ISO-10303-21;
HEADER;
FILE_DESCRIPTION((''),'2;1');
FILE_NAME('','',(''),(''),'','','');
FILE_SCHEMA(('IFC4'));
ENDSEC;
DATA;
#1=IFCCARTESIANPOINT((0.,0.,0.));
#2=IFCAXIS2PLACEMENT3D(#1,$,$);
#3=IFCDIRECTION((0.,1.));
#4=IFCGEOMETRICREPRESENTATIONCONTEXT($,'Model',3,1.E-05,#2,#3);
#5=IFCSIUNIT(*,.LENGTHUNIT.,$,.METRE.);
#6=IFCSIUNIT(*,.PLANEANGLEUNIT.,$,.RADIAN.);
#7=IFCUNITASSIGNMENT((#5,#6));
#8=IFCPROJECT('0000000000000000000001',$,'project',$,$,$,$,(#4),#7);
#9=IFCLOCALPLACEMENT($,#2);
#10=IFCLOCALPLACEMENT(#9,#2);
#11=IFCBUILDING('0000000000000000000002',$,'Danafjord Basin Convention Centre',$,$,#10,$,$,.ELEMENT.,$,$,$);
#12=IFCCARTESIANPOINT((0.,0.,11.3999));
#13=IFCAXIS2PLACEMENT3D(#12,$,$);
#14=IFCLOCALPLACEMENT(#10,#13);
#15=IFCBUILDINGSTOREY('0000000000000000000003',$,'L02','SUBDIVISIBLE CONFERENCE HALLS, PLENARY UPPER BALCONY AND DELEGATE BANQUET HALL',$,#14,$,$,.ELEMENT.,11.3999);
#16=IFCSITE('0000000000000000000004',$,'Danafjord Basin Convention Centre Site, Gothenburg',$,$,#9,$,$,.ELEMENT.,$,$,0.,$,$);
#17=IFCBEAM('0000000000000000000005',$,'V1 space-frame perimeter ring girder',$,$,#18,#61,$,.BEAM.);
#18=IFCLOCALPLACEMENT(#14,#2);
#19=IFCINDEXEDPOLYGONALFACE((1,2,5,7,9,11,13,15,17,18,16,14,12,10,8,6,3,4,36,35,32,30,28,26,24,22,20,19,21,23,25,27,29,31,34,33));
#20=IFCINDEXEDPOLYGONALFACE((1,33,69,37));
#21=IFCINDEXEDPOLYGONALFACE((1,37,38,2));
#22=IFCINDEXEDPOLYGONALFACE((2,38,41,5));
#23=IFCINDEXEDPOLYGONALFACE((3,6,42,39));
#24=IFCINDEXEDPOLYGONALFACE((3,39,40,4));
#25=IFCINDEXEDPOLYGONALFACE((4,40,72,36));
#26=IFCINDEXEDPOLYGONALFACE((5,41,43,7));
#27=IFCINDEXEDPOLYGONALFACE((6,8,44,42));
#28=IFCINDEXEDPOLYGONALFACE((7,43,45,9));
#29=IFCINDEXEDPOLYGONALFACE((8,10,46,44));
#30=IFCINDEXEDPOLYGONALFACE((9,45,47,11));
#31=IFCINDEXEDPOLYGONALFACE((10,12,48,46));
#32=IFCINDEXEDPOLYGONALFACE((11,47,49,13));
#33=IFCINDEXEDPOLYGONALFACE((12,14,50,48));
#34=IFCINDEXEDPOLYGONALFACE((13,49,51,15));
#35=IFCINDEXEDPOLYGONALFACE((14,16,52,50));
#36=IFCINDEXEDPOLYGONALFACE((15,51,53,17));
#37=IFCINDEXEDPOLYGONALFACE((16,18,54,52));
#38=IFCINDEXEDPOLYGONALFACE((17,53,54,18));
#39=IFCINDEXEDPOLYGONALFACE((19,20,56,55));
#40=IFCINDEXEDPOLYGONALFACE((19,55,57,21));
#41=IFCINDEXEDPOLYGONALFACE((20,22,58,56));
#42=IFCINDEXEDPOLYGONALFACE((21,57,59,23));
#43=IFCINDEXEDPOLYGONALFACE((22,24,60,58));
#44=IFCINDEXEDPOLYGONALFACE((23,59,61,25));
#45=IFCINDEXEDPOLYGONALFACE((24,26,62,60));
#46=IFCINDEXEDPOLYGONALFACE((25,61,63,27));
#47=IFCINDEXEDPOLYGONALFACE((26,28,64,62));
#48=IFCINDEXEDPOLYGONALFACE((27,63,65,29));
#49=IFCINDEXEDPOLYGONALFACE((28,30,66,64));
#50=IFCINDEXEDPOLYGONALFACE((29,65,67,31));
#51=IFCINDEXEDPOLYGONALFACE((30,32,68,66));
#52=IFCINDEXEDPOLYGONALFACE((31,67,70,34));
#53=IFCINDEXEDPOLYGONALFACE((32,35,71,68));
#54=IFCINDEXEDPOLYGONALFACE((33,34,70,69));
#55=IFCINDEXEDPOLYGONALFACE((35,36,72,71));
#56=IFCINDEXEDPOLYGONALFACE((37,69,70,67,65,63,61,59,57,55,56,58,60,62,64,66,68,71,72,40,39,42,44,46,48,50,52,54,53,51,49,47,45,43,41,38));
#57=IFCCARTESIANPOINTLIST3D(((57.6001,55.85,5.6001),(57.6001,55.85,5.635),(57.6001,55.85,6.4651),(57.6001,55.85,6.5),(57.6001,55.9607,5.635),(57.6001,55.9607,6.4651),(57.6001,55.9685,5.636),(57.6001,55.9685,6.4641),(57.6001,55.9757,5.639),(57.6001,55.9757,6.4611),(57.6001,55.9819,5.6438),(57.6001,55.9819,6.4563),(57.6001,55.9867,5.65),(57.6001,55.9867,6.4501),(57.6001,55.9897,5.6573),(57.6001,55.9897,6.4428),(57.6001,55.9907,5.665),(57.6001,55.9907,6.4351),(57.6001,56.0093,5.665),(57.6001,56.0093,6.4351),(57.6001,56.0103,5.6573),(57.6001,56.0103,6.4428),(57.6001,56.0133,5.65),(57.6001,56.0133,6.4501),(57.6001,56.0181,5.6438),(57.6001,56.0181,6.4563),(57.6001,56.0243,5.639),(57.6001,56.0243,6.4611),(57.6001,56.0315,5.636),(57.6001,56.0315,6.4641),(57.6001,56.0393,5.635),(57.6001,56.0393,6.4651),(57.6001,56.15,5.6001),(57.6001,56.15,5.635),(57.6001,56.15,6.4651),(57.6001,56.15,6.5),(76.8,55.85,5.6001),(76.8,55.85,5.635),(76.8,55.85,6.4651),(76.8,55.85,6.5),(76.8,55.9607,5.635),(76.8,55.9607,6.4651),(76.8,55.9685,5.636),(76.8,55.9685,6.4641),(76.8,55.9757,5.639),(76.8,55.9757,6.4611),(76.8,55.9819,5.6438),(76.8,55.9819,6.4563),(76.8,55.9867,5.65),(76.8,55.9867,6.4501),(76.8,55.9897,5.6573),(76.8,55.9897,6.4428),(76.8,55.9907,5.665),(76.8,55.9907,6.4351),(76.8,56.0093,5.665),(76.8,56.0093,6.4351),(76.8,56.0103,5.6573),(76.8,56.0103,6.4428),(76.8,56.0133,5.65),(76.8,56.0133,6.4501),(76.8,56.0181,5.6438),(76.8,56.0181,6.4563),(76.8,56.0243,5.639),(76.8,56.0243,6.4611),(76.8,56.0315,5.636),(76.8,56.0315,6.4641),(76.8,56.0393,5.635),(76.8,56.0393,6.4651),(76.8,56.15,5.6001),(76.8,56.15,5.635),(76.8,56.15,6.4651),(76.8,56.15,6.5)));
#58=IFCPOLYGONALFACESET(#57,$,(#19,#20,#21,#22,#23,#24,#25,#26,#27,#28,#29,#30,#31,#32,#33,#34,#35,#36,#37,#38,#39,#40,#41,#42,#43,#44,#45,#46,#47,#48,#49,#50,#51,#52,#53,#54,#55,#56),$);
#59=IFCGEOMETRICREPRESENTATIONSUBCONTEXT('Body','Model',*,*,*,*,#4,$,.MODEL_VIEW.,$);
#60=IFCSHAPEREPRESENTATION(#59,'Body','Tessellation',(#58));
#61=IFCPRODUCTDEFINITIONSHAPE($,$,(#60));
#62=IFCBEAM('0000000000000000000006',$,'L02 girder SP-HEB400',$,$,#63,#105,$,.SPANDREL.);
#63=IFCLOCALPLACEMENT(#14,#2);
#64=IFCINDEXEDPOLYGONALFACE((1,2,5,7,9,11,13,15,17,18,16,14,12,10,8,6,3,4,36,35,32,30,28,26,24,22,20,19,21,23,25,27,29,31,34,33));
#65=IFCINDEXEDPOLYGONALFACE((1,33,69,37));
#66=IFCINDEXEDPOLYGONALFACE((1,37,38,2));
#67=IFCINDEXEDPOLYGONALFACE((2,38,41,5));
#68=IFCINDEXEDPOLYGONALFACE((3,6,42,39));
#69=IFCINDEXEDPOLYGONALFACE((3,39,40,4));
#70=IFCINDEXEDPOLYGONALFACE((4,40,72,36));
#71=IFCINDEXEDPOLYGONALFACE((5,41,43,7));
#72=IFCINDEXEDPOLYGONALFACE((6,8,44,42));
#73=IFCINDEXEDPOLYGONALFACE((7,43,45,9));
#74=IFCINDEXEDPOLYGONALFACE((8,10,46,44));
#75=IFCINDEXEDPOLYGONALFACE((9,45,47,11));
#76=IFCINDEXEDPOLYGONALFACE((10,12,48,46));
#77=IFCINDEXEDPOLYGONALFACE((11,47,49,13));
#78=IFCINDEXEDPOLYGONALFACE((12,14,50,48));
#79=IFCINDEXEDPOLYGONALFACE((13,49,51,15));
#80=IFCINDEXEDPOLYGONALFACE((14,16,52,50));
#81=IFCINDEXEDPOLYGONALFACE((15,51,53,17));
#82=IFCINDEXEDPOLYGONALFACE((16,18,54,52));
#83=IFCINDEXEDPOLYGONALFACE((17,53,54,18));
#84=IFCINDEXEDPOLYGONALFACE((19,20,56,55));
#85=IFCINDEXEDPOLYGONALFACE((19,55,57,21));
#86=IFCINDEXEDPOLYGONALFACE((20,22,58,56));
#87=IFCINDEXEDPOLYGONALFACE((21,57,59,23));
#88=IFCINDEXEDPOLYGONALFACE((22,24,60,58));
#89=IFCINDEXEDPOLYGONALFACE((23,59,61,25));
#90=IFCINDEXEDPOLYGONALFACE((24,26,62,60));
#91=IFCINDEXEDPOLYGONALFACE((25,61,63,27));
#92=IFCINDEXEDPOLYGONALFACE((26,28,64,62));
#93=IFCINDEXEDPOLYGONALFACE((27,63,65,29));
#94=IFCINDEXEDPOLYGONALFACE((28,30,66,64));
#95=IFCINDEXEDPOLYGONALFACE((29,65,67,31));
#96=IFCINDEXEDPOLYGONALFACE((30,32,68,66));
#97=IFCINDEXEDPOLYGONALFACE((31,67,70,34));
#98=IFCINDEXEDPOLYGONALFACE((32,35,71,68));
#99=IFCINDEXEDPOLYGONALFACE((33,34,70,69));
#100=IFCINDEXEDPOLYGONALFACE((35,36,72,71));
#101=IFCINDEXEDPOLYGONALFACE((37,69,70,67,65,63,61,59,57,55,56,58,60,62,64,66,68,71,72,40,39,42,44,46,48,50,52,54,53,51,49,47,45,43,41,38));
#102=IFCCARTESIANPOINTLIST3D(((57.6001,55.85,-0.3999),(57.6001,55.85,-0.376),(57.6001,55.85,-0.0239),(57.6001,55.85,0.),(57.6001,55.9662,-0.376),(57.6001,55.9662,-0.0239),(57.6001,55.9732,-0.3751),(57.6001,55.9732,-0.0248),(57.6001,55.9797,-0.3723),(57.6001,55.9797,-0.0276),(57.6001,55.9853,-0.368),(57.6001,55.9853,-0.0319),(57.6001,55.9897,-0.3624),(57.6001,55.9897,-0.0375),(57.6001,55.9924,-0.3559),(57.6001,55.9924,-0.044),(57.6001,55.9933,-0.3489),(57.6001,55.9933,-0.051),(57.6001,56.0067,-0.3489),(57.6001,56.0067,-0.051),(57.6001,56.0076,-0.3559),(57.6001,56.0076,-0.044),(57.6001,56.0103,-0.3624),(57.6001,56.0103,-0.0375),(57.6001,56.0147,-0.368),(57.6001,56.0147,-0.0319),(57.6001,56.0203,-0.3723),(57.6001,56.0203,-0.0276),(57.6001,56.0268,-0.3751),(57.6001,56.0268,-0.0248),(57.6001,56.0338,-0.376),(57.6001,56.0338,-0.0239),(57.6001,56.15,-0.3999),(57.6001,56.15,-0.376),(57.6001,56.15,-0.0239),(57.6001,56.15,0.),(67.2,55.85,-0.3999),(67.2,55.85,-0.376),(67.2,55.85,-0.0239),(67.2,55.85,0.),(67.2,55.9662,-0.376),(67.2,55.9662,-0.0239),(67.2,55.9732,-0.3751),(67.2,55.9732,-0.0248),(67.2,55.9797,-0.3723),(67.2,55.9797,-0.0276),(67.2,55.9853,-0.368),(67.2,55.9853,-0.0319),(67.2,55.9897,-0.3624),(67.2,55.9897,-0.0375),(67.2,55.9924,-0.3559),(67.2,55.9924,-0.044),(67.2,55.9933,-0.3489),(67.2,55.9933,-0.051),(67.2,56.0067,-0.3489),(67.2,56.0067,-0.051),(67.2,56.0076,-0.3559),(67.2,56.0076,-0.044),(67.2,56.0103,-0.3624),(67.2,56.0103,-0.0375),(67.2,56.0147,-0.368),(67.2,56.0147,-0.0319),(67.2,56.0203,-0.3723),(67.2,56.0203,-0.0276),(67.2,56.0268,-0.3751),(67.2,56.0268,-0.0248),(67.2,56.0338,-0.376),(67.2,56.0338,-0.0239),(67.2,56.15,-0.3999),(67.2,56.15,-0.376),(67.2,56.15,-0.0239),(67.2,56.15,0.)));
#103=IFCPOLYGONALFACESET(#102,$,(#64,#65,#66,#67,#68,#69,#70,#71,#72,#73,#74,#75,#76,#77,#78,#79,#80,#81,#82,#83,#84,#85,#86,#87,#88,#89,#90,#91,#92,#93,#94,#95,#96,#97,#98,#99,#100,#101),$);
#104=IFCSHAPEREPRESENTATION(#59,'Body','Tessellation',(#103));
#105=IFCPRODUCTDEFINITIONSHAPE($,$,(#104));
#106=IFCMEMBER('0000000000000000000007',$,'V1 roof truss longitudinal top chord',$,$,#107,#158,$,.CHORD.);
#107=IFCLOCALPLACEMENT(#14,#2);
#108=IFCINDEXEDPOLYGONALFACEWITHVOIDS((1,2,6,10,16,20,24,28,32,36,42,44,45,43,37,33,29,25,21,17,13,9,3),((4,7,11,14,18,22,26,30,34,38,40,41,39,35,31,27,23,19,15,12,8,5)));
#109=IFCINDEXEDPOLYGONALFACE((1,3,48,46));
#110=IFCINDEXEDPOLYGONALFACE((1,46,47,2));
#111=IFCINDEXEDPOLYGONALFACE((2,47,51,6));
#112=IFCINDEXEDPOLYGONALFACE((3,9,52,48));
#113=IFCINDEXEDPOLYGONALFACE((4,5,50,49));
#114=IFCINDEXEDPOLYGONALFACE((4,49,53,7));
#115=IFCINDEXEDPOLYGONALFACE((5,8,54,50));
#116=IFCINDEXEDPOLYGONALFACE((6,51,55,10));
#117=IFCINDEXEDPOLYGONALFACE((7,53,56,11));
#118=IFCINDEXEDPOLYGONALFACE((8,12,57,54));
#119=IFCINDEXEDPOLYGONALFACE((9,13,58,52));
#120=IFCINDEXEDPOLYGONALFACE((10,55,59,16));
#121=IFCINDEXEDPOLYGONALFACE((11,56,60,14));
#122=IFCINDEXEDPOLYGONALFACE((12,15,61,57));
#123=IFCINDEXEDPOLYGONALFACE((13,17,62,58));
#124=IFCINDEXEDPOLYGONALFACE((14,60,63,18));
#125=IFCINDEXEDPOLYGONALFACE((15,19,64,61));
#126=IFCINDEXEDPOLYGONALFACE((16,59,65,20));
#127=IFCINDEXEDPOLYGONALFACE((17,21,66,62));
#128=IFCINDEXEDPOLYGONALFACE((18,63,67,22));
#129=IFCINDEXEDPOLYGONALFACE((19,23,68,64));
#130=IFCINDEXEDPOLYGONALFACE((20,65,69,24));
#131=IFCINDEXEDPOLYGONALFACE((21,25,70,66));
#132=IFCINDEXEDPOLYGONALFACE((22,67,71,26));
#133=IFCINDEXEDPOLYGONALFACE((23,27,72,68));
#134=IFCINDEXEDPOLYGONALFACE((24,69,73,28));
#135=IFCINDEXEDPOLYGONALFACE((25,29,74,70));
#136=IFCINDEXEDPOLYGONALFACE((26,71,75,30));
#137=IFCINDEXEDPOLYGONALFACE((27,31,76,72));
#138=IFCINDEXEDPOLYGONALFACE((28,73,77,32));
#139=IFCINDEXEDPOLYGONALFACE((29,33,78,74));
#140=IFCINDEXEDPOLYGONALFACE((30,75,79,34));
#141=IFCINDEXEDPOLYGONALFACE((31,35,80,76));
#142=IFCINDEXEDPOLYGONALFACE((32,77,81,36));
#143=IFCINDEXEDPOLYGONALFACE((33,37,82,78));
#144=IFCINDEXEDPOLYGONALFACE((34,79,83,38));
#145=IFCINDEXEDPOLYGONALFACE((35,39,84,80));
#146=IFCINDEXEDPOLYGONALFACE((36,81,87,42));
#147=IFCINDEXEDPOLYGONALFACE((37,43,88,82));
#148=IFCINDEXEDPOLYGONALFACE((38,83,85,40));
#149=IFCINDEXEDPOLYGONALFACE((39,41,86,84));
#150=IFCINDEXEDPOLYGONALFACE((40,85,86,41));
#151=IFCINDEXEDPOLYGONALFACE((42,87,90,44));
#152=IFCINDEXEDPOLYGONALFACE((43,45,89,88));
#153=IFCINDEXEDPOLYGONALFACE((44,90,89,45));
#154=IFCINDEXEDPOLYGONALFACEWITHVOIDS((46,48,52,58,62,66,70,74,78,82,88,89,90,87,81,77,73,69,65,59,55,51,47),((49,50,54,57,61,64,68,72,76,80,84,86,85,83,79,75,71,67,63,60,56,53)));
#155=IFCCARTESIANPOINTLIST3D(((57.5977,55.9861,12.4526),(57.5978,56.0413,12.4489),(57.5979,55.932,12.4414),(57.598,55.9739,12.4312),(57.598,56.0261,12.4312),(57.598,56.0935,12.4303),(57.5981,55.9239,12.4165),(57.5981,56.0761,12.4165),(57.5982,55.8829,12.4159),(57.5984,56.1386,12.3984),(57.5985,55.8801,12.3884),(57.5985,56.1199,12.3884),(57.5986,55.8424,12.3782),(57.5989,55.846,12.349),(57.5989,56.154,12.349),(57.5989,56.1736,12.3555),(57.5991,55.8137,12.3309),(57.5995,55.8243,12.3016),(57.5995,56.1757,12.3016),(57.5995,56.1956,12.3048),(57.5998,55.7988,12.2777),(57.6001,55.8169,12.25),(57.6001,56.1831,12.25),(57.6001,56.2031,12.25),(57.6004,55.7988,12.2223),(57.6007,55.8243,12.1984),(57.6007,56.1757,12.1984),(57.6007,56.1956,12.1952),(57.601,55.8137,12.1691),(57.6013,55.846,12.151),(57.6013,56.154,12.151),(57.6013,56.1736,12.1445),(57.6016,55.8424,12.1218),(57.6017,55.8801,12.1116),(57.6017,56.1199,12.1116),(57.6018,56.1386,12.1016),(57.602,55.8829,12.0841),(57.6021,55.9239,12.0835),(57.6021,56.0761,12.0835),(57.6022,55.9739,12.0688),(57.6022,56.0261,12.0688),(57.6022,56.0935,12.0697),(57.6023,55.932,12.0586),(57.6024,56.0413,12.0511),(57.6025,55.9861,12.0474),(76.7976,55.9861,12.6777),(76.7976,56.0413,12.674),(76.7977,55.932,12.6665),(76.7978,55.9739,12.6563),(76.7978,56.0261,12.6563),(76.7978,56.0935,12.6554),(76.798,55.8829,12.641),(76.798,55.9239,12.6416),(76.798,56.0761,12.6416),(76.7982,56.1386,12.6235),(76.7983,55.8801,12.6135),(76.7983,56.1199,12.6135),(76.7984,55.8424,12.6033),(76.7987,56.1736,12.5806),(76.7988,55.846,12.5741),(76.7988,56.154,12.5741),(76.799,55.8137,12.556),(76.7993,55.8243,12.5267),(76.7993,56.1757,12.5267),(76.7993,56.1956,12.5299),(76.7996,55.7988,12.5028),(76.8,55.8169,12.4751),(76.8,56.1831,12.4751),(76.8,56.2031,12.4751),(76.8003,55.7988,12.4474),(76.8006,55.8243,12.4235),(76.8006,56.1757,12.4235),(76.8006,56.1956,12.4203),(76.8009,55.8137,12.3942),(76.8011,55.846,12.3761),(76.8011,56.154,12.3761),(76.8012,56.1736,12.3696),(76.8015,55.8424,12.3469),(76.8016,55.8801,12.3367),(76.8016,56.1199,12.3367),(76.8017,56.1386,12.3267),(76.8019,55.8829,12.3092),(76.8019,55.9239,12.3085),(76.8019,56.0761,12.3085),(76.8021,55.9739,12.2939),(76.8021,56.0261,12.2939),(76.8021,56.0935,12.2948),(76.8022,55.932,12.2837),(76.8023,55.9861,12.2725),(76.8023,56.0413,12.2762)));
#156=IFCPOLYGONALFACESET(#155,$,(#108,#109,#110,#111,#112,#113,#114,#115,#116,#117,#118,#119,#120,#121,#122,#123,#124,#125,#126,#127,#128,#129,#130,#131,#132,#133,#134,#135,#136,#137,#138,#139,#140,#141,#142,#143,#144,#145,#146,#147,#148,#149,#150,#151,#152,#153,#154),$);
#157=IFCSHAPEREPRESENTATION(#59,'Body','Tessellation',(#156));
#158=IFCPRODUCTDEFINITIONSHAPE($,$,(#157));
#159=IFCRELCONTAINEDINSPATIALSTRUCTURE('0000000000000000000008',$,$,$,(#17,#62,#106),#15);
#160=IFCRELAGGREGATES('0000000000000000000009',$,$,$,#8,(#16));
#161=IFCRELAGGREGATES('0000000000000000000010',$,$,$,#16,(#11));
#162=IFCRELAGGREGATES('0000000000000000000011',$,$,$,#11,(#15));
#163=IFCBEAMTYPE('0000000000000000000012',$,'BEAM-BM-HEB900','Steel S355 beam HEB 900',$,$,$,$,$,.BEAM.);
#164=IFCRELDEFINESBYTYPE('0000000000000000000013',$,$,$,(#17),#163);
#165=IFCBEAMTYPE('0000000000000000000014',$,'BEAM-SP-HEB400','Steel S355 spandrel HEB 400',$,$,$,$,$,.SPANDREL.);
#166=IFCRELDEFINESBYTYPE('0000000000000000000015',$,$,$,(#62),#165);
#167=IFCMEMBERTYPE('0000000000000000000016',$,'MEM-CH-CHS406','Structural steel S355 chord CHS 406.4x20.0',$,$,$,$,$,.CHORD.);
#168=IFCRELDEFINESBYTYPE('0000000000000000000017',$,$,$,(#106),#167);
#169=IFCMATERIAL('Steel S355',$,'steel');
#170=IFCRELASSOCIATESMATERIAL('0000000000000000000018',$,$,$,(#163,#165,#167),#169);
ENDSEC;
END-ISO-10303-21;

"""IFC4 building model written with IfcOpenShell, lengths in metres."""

from ifc_helpers import new_model, si_unit, direction, frame, origin, origin_2d, place, context, subcontext, project, spatial, hollow_circle, i_section, extrude, material, material_profile, profile_set, type_object, element, save


model = new_model("IFC4")

# Units and contexts
model_context = context("Model", 3, precision=1e-05, world=origin(), true_north=direction((0.0, 1.0)))
body_context = subcontext(model_context, "Body", "Model", "MODEL_VIEW")
ifc_project = project(units=[si_unit("LENGTHUNIT", "METRE"), si_unit("PLANEANGLEUNIT", "RADIAN")], contexts=[model_context])

# Site, building, storey
site_placement = place(None, origin())
site = spatial("IfcSite", under=ifc_project, at=site_placement, Name="Danafjord Basin Convention Centre Site, Gothenburg", CompositionType="ELEMENT", RefElevation=0.0)
building_placement = place(site_placement, origin())
building = spatial("IfcBuilding", under=site, at=building_placement, Name="Danafjord Basin Convention Centre", CompositionType="ELEMENT")
storey_placement = place(building_placement, frame((0.0, 0.0, 11.3999)))
storey = spatial("IfcBuildingStorey", under=building, at=storey_placement, Name="L02", Description="SUBDIVISIBLE CONFERENCE HALLS, PLENARY UPPER BALCONY AND DELEGATE BANQUET HALL", CompositionType="ELEMENT", Elevation=11.3999)

# Beams
ifc_material_1 = material(Name="Steel S355", Category="steel")
ifc_material_profile_1 = material_profile(ifc_material_1, i_section(OverallWidth=0.3, OverallDepth=0.8999, WebThickness=0.0186, FlangeThickness=0.0349, FilletRadius=0.03, at=origin_2d()), Name="HEB 900")
ifc_profile_set_1 = profile_set([ifc_material_profile_1], Name="Steel S355")
beam_type_1 = type_object("IfcBeamType", Name="BEAM-BM-HEB900", Description="Steel S355 beam HEB 900", PredefinedType="BEAM", material=ifc_profile_set_1)
beam_1_placement = place(storey_placement, frame((57.6001, 56.0, 6.05), z_axis=(1.0, 0.0, 0.0), x_axis=(0.0, 1.0, 0.0)))
element("IfcBeam", 1, at=beam_1_placement, inside=storey, type_object=beam_type_1, Name="V1 space-frame perimeter ring girder", PredefinedType="BEAM", context=body_context, shape_type="SweptSolid", body=[
    extrude(i_section(OverallWidth=0.3, OverallDepth=0.8999, WebThickness=0.0186, FlangeThickness=0.0349, FilletRadius=0.03, at=origin_2d()), origin(), (0.0, 0.0, 1.0), 19.2),
])
ifc_material_profile_2 = material_profile(ifc_material_1, i_section(OverallWidth=0.3, OverallDepth=0.3999, WebThickness=0.0134, FlangeThickness=0.0239, FilletRadius=0.0271, at=origin_2d()), Name="HEB 400")
ifc_profile_set_2 = profile_set([ifc_material_profile_2], Name="Steel S355")
beam_type_2 = type_object("IfcBeamType", Name="BEAM-SP-HEB400", Description="Steel S355 spandrel HEB 400", PredefinedType="SPANDREL", material=ifc_profile_set_2)
beam_2_placement = place(storey_placement, frame((57.6001, 56.0, -0.2), z_axis=(1.0, 0.0, 0.0), x_axis=(0.0, 1.0, 0.0)))
element("IfcBeam", 2, at=beam_2_placement, inside=storey, type_object=beam_type_2, Name="L02 girder SP-HEB400", PredefinedType="SPANDREL", context=body_context, shape_type="SweptSolid", body=[
    extrude(i_section(OverallWidth=0.3, OverallDepth=0.3999, WebThickness=0.0134, FlangeThickness=0.0239, FilletRadius=0.0271, at=origin_2d()), origin(), (0.0, 0.0, 1.0), 9.5999),
])

# Member
ifc_material_profile_3 = material_profile(ifc_material_1, hollow_circle(Radius=0.2031, WallThickness=0.02, at=origin_2d()), Name="CHS 406.4x20.0")
ifc_profile_set_3 = profile_set([ifc_material_profile_3], Name="Steel S355")
member_type_1 = type_object("IfcMemberType", Name="MEM-CH-CHS406", Description="Structural steel S355 chord CHS 406.4x20.0", PredefinedType="CHORD", material=ifc_profile_set_3)
member_1_placement = place(storey_placement, frame((57.6001, 56.0, 12.25), z_axis=(0.999931, 0.0, 0.011723), x_axis=(0.0, 1.0, 0.0)))
element("IfcMember", 3, at=member_1_placement, inside=storey, type_object=member_type_1, Name="V1 roof truss longitudinal top chord", PredefinedType="CHORD", context=body_context, shape_type="SweptSolid", body=[
    extrude(hollow_circle(Radius=0.2031, WallThickness=0.02, at=origin_2d()), origin(), (0.0, 0.0, 1.0), 19.2012),
])

save(model, "model.ifc")
